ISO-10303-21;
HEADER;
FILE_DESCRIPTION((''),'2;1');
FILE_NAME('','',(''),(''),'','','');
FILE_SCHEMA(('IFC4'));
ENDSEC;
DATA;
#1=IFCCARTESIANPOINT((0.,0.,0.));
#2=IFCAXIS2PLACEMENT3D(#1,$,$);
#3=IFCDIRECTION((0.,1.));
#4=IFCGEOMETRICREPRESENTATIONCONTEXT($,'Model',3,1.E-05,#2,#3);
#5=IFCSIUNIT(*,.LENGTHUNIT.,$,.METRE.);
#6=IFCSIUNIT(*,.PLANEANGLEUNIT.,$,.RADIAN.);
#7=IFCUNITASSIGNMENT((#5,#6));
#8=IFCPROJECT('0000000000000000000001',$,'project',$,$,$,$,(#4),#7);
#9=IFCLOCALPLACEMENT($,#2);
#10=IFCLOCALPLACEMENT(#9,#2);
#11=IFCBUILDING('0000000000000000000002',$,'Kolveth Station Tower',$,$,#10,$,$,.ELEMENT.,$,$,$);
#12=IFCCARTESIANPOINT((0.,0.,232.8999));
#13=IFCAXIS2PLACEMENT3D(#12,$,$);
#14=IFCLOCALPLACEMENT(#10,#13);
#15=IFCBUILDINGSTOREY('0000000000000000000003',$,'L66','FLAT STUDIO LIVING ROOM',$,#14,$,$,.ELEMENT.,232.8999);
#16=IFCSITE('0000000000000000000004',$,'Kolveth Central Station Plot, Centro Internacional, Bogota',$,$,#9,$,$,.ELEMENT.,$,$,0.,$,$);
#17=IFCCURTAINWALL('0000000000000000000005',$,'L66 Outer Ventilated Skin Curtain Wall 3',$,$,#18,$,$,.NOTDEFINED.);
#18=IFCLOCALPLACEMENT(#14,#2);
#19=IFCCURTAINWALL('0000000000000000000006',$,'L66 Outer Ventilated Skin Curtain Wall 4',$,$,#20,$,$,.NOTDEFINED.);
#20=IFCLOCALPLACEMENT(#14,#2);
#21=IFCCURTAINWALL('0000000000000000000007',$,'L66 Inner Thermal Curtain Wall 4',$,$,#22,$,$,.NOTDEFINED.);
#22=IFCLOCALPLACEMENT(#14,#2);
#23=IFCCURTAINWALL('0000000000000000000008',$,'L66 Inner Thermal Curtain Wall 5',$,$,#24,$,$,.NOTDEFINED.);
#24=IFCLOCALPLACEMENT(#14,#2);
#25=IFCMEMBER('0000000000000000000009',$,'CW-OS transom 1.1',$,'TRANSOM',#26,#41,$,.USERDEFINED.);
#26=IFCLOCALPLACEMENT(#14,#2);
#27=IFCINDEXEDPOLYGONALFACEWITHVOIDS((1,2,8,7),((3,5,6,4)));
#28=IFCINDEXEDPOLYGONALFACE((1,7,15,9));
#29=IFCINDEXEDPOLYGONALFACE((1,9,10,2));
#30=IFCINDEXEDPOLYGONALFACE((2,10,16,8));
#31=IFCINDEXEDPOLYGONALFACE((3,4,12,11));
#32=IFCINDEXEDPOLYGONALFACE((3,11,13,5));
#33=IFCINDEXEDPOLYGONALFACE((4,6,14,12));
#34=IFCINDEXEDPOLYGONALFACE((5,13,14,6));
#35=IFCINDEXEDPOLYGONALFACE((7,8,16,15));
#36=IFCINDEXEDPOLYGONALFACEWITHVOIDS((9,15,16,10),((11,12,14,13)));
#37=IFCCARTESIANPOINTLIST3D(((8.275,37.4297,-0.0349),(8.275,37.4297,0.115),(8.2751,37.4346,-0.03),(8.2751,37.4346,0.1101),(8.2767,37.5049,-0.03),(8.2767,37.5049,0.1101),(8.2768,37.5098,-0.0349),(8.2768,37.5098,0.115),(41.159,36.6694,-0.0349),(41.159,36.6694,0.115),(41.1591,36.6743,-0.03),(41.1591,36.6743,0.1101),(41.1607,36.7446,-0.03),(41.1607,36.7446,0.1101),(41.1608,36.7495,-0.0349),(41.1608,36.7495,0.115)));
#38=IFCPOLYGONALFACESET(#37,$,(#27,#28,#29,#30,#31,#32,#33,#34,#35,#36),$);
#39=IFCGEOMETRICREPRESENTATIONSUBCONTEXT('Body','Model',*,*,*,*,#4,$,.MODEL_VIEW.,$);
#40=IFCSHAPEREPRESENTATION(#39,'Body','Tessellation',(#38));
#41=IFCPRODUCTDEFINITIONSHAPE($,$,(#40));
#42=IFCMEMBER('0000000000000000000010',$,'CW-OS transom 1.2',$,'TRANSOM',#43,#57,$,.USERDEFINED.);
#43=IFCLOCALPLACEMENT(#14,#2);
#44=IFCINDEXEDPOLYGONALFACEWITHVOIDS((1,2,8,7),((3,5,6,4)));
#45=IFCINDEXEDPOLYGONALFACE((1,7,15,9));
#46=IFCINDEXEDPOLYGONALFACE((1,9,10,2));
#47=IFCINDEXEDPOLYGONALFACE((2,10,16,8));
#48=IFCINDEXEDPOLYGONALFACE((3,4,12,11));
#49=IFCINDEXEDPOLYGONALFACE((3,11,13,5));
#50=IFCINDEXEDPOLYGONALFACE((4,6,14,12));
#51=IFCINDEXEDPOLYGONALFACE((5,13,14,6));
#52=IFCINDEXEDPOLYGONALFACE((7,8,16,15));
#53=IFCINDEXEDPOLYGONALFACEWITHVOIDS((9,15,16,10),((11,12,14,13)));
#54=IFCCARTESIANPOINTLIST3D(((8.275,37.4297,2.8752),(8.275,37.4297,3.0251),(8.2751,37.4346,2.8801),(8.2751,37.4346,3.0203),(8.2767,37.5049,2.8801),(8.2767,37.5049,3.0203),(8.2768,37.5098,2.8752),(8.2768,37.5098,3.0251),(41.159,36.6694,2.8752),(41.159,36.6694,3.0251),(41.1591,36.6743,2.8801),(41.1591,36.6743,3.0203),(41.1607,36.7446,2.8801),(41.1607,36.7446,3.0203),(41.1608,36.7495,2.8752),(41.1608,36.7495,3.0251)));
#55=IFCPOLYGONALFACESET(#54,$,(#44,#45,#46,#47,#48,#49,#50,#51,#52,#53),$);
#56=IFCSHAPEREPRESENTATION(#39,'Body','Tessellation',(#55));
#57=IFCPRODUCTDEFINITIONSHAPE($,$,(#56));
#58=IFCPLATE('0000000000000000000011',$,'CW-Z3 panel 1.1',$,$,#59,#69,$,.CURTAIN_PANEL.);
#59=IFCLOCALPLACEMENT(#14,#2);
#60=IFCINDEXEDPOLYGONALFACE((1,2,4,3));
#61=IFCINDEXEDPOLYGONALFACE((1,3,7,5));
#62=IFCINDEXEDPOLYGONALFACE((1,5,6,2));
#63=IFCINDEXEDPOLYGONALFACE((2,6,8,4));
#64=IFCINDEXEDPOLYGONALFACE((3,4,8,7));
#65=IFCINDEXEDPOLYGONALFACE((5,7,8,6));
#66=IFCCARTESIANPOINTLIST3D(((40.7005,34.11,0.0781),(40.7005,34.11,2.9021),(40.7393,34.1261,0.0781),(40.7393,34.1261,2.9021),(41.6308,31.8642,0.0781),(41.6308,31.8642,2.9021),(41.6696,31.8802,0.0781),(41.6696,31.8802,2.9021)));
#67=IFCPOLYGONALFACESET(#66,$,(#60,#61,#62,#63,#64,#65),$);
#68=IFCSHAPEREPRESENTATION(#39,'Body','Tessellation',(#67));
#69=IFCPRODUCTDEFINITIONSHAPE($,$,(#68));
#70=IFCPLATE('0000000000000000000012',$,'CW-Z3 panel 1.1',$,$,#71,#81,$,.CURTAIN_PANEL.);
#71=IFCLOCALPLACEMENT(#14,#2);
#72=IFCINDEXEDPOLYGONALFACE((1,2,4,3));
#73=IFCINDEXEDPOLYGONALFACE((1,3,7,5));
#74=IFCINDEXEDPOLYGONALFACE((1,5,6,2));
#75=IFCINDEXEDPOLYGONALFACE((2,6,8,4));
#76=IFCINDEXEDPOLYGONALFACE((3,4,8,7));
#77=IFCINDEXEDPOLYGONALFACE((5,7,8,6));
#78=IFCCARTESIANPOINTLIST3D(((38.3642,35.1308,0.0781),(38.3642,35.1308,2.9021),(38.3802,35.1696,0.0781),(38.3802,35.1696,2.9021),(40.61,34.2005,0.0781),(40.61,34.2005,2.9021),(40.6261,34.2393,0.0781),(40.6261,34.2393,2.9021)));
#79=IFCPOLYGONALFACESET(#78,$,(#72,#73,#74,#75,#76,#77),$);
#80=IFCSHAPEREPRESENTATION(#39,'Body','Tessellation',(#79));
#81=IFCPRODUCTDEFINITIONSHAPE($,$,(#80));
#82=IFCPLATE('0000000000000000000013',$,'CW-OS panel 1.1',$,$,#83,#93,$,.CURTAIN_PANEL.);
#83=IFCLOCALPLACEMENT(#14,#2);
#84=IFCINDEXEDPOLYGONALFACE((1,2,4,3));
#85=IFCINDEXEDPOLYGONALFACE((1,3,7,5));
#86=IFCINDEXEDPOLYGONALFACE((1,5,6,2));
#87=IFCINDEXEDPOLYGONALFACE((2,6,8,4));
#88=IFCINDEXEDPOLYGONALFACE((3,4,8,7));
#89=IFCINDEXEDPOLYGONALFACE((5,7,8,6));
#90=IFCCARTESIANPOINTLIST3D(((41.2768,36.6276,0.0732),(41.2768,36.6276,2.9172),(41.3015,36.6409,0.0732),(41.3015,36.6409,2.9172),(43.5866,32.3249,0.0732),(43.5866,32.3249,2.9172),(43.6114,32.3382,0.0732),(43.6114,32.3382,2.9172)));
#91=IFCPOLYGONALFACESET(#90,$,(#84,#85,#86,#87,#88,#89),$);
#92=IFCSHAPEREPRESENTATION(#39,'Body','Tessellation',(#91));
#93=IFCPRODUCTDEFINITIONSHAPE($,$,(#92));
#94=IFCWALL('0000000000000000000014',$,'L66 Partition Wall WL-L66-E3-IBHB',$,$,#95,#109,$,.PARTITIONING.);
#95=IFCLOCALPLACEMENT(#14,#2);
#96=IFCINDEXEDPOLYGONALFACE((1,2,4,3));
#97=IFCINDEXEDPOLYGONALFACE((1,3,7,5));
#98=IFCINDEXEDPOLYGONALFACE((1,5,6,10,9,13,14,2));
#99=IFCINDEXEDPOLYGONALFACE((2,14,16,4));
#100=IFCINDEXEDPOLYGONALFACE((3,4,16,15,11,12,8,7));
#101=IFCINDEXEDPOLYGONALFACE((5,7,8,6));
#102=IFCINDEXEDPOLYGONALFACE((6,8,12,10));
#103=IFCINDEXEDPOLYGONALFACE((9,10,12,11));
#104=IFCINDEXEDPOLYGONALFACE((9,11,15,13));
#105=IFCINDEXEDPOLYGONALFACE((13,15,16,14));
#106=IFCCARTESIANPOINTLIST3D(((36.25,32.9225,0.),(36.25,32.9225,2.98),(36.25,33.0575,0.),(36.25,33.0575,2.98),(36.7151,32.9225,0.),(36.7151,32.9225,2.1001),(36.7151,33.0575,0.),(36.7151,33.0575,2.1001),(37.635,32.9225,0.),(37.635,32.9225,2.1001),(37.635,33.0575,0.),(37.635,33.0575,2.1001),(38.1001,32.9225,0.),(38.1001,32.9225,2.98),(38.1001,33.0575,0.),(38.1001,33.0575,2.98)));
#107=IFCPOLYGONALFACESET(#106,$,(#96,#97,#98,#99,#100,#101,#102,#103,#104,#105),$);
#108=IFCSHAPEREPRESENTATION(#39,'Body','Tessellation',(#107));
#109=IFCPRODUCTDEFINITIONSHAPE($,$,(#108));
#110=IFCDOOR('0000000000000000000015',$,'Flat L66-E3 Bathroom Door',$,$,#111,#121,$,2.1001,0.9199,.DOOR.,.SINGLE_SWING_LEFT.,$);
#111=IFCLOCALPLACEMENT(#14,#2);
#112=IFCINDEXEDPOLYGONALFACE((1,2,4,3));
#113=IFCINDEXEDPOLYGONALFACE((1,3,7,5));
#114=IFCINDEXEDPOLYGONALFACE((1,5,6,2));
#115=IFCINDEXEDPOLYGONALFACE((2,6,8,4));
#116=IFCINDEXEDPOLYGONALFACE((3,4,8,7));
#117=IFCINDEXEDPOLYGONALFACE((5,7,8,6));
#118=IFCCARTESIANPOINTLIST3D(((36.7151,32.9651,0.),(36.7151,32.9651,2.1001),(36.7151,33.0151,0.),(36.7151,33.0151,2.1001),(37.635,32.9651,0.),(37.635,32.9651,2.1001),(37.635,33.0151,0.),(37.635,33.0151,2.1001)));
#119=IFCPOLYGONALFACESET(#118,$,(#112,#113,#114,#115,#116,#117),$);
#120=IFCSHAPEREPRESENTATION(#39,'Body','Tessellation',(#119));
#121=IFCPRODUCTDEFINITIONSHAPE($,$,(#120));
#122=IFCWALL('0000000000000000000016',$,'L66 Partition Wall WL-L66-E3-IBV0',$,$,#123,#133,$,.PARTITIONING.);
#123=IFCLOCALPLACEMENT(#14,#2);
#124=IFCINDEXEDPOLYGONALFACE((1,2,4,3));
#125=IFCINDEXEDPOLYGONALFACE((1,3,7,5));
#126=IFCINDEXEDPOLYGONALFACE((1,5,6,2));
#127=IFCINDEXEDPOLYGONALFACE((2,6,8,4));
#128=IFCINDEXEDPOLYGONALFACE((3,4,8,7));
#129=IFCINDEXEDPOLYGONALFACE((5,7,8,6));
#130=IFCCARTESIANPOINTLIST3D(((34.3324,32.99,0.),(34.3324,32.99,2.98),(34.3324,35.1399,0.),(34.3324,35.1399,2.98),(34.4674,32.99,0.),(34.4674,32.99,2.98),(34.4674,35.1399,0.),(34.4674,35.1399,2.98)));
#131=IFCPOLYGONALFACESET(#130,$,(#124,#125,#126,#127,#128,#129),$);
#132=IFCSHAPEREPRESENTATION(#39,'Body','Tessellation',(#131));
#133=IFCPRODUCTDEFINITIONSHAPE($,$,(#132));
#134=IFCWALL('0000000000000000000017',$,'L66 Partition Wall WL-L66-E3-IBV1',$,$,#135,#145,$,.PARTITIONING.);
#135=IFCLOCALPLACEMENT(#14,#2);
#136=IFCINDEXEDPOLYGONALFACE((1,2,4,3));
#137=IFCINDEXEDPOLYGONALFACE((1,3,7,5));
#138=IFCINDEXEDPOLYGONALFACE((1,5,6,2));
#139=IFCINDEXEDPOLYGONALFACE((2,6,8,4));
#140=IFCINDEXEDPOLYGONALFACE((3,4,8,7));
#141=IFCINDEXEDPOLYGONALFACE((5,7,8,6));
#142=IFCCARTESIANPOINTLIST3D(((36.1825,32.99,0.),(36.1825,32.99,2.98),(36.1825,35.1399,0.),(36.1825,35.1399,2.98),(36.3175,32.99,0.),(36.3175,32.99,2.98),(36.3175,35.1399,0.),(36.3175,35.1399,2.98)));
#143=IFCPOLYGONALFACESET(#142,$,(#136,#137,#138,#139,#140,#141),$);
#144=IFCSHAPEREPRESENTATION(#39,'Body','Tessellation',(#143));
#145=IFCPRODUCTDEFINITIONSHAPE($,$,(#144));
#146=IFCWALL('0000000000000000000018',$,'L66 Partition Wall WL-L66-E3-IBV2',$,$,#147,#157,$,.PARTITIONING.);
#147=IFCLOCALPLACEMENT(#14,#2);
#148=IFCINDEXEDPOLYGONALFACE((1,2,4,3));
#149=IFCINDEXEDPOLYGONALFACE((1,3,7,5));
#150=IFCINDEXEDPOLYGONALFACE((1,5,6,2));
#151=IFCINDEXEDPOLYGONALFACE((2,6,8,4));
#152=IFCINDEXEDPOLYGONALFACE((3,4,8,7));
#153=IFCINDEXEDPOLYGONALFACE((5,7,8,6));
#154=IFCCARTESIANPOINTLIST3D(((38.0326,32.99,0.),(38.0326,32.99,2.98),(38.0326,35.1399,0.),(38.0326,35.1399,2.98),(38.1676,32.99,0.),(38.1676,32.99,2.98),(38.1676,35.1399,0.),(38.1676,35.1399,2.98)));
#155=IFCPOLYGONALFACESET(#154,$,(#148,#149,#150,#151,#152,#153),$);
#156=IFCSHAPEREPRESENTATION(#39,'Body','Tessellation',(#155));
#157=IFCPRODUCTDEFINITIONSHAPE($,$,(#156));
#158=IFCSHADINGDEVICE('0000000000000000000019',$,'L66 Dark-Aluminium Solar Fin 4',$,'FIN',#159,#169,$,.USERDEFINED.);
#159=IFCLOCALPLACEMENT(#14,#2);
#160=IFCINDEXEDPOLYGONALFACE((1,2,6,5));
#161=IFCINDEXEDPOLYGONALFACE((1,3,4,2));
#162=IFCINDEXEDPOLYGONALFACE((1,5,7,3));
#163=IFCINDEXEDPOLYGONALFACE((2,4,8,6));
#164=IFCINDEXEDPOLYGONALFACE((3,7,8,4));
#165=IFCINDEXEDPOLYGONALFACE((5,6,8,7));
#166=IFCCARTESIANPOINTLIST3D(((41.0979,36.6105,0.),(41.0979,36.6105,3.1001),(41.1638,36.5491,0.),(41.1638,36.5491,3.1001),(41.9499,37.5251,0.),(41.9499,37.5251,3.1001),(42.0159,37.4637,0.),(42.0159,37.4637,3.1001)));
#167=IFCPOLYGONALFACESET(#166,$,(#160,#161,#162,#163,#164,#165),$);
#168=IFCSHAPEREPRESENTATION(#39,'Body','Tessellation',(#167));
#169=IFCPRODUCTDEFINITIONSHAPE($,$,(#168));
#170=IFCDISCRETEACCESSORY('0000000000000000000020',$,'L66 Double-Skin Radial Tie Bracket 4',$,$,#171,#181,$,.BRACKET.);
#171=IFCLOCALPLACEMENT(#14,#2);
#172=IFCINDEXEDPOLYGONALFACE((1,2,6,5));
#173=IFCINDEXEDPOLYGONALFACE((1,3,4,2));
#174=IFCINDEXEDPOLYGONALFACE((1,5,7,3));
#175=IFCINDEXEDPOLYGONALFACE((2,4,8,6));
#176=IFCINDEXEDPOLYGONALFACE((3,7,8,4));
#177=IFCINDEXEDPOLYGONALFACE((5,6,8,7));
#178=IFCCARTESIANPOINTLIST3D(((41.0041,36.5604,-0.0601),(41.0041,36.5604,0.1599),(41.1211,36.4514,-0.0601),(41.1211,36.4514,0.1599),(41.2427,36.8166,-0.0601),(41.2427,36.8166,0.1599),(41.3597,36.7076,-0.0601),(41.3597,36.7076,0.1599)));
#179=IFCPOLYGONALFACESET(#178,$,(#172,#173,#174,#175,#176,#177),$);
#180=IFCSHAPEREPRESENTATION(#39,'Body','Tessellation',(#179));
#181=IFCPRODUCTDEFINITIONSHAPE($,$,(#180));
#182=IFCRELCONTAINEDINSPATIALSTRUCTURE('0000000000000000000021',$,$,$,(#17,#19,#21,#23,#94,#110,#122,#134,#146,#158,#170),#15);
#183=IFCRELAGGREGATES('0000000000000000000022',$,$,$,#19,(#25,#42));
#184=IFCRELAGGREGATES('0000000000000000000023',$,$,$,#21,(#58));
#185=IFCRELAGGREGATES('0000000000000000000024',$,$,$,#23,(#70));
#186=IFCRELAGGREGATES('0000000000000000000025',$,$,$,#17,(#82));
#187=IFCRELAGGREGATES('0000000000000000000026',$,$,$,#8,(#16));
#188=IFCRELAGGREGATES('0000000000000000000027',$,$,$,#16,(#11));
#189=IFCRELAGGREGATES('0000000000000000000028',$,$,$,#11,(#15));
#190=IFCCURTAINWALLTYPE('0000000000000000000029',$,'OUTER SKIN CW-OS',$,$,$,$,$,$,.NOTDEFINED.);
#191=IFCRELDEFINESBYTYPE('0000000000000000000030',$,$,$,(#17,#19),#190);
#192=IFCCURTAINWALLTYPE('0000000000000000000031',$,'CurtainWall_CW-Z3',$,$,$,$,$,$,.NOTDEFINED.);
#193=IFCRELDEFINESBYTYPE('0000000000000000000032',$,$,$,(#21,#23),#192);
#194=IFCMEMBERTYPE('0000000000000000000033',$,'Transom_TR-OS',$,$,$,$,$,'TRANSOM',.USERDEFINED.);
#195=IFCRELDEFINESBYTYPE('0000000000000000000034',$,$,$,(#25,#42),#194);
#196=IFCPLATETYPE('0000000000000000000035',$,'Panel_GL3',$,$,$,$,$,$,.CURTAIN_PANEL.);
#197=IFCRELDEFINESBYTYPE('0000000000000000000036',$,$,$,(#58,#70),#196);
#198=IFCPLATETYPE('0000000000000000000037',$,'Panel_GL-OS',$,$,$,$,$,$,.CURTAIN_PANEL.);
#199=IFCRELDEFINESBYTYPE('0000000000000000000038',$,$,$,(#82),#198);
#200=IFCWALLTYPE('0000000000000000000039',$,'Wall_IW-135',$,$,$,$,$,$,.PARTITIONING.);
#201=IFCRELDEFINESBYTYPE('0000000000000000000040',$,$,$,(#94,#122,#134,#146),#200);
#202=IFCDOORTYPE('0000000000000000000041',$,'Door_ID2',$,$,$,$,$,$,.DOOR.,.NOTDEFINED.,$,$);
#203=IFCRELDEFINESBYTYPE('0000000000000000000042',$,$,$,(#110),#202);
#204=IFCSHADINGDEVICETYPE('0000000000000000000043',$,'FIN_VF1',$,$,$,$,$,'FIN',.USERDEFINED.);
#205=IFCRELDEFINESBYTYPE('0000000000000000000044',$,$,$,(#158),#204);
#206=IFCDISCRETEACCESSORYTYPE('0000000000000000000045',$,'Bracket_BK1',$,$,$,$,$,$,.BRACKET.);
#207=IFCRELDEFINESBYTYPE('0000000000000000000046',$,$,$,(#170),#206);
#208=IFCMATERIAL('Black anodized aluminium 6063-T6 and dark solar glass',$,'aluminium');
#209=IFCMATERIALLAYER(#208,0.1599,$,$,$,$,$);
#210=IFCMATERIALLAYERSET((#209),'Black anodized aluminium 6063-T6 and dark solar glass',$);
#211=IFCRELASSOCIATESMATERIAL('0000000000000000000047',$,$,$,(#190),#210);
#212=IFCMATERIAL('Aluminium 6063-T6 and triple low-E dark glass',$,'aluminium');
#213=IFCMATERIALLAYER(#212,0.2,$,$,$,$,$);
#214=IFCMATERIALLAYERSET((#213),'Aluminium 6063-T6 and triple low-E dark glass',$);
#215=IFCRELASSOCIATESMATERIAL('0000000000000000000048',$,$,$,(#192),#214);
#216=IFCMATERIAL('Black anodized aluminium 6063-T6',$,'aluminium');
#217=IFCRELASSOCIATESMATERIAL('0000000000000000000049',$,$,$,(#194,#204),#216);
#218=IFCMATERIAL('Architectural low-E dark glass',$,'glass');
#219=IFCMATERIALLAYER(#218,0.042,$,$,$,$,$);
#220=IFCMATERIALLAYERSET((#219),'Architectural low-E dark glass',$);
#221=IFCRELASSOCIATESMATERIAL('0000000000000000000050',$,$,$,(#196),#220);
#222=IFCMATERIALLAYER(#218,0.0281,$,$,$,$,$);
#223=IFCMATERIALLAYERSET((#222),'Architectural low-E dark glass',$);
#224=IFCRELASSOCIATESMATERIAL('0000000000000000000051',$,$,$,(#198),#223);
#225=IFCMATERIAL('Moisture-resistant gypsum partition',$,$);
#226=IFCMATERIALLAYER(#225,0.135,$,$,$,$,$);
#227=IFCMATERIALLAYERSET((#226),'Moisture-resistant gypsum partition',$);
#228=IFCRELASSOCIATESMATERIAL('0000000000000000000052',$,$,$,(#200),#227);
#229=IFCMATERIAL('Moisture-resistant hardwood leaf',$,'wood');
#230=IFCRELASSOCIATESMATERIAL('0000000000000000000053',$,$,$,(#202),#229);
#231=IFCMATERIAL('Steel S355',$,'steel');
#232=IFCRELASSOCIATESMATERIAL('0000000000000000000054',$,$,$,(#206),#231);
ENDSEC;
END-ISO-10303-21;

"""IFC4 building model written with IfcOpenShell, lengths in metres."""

from ifc_helpers import new_model, si_unit, direction, frame, frame_2d, origin, origin_2d, place, context, subcontext, project, spatial, rectangle, hollow_rectangle, extrude, source, transform, mapped, material, layer, layer_set, material_profile, profile_set, type_object, element, fill, aggregate, save


model = new_model("IFC4")

# Units and contexts
model_context = context("Model", 3, precision=1e-05, world=origin(), true_north=direction((0.0, 1.0)))
body_context = subcontext(model_context, "Body", "Model", "MODEL_VIEW")
ifc_project = project(units=[si_unit("LENGTHUNIT", "METRE"), si_unit("PLANEANGLEUNIT", "RADIAN")], contexts=[model_context])

# Site, building, storey
site_placement = place(None, origin())
site = spatial("IfcSite", under=ifc_project, at=site_placement, Name="Kolveth Central Station Plot, Centro Internacional, Bogota", CompositionType="ELEMENT", RefElevation=0.0)
building_placement = place(site_placement, origin())
building = spatial("IfcBuilding", under=site, at=building_placement, Name="Kolveth Station Tower", CompositionType="ELEMENT")
storey_placement = place(building_placement, frame((0.0, 0.0, 232.8999)))
storey = spatial("IfcBuildingStorey", under=building, at=storey_placement, Name="L66", Description="FLAT STUDIO LIVING ROOM", CompositionType="ELEMENT", Elevation=232.8999)

# Curtain walls
ifc_material_1 = material(Name="Black anodized aluminium 6063-T6 and dark solar glass", Category="aluminium")
ifc_layer_1 = layer(ifc_material_1, 0.1599)
ifc_layer_set_1 = layer_set([ifc_layer_1], Name="Black anodized aluminium 6063-T6 and dark solar glass")
curtain_wall_type_1 = type_object("IfcCurtainWallType", Name="OUTER SKIN CW-OS", PredefinedType="NOTDEFINED", material=ifc_layer_set_1)
curtain_wall_1_placement = place(storey_placement, origin())
curtain_wall_1 = element("IfcCurtainWall", 1, at=curtain_wall_1_placement, inside=storey, type_object=curtain_wall_type_1, Name="L66 Outer Ventilated Skin Curtain Wall 3", PredefinedType="NOTDEFINED")
ifc_material_2 = material(Name="Black anodized aluminium 6063-T6", Category="aluminium")
curtain_wall_2_placement = place(storey_placement, origin())
curtain_wall_2 = element("IfcCurtainWall", 2, at=curtain_wall_2_placement, inside=storey, type_object=curtain_wall_type_1, Name="L66 Outer Ventilated Skin Curtain Wall 4", PredefinedType="NOTDEFINED")
ifc_material_3 = material(Name="Aluminium 6063-T6 and triple low-E dark glass", Category="aluminium")
ifc_layer_2 = layer(ifc_material_3, 0.2)
ifc_layer_set_2 = layer_set([ifc_layer_2], Name="Aluminium 6063-T6 and triple low-E dark glass")
curtain_wall_type_2 = type_object("IfcCurtainWallType", Name="CurtainWall_CW-Z3", PredefinedType="NOTDEFINED", material=ifc_layer_set_2)
curtain_wall_3_placement = place(storey_placement, origin())
curtain_wall_3 = element("IfcCurtainWall", 3, at=curtain_wall_3_placement, inside=storey, type_object=curtain_wall_type_2, Name="L66 Inner Thermal Curtain Wall 4", PredefinedType="NOTDEFINED")

# Curtain wall
curtain_wall_4_placement = place(storey_placement, origin())
curtain_wall_4 = element("IfcCurtainWall", 4, at=curtain_wall_4_placement, inside=storey, type_object=curtain_wall_type_2, Name="L66 Inner Thermal Curtain Wall 5", PredefinedType="NOTDEFINED")

# Members
ifc_material_profile_1 = material_profile(ifc_material_2, hollow_rectangle(XDim=0.0801, YDim=0.1499, WallThickness=0.0049, at=origin_2d()), Name="ALU-80x150x5")
ifc_profile_set_1 = profile_set([ifc_material_profile_1], Name="Black anodized aluminium 6063-T6")
member_type_1 = type_object("IfcMemberType", Name="Transom_TR-OS", ElementType="TRANSOM", PredefinedType="USERDEFINED", material=ifc_profile_set_1)
shared_shape_1 = source(origin(), body_context, "Body", "SweptSolid", [
    extrude(hollow_rectangle(XDim=0.0801, YDim=0.1499, WallThickness=0.0049, at=origin_2d()), origin(), (0.0, 0.0, 1.0), 32.8928),
])
member_1_placement = place(storey_placement, frame((41.1599, 36.7095, 0.04), z_axis=(-0.999733, 0.023113, 0.0), x_axis=(-0.023113, -0.999733, 0.0)))
member_1 = element("IfcMember", 5, at=member_1_placement, type_object=member_type_1, Name="CW-OS transom 1.1", ObjectType="TRANSOM", PredefinedType="USERDEFINED", context=body_context, shape_type="MappedRepresentation", body=[
    mapped(shared_shape_1, transform((0.0, 0.0, 0.0), x_axis=(1.0, 0.0, 0.0), y_axis=(0.0, 1.0, 0.0), z_axis=(0.0, 0.0, 1.0), scale=1.0)),
])
member_2_placement = place(storey_placement, frame((41.1599, 36.7095, 2.9502), z_axis=(-0.999733, 0.023113, 0.0), x_axis=(-0.023113, -0.999733, 0.0)))
member_2 = element("IfcMember", 6, at=member_2_placement, type_object=member_type_1, Name="CW-OS transom 1.2", ObjectType="TRANSOM", PredefinedType="USERDEFINED", context=body_context, shape_type="MappedRepresentation", body=[
    mapped(shared_shape_1, transform((0.0, 0.0, 0.0), x_axis=(1.0, 0.0, 0.0), y_axis=(0.0, 1.0, 0.0), z_axis=(0.0, 0.0, 1.0), scale=1.0)),
])
aggregate(curtain_wall_2, [member_1, member_2])

# Plates
ifc_material_4 = material(Name="Architectural low-E dark glass", Category="glass")
ifc_layer_3 = layer(ifc_material_4, 0.042)
ifc_layer_set_3 = layer_set([ifc_layer_3], Name="Architectural low-E dark glass")
plate_type_1 = type_object("IfcPlateType", Name="Panel_GL3", PredefinedType="CURTAIN_PANEL", material=ifc_layer_set_3)
shared_shape_2 = source(origin(), body_context, "Body", "SweptSolid", [
    extrude(rectangle(XDim=2.4309, YDim=0.042, at=origin_2d()), origin(), (0.0, 0.0, 1.0), 2.824),
])
plate_1_placement = place(storey_placement, frame((41.1851, 32.9951, 0.0781), z_axis=(0.0, 0.0, 1.0), x_axis=(-0.382693, 0.923875, 0.0)))
plate_1 = element("IfcPlate", 7, at=plate_1_placement, type_object=plate_type_1, Name="CW-Z3 panel 1.1", PredefinedType="CURTAIN_PANEL", context=body_context, shape_type="MappedRepresentation", body=[
    mapped(shared_shape_2, transform((0.0, 0.0, 0.0), x_axis=(1.0, 0.0, 0.0), y_axis=(0.0, 1.0, 0.0), z_axis=(0.0, 0.0, 1.0), scale=1.0)),
])
aggregate(curtain_wall_3, [plate_1])
plate_2_placement = place(storey_placement, frame((39.4951, 34.6851, 0.0781), z_axis=(0.0, 0.0, 1.0), x_axis=(-0.923875, 0.382693, 0.0)))
plate_2 = element("IfcPlate", 8, at=plate_2_placement, type_object=plate_type_1, Name="CW-Z3 panel 1.1", PredefinedType="CURTAIN_PANEL", context=body_context, shape_type="MappedRepresentation", body=[
    mapped(shared_shape_2, transform((0.0, 0.0, 0.0), x_axis=(1.0, 0.0, 0.0), y_axis=(0.0, 1.0, 0.0), z_axis=(0.0, 0.0, 1.0), scale=1.0)),
])
aggregate(curtain_wall_4, [plate_2])
ifc_layer_4 = layer(ifc_material_4, 0.0281)
ifc_layer_set_4 = layer_set([ifc_layer_4], Name="Architectural low-E dark glass")
plate_type_2 = type_object("IfcPlateType", Name="Panel_GL-OS", PredefinedType="CURTAIN_PANEL", material=ifc_layer_set_4)
shared_shape_3 = source(origin(), body_context, "Body", "SweptSolid", [
    extrude(rectangle(XDim=4.8835, YDim=0.0281, at=origin_2d()), origin(), (0.0, 0.0, 1.0), 2.844),
])
plate_3_placement = place(storey_placement, frame((42.4441, 34.4829, 0.0732), z_axis=(0.0, 0.0, 1.0), x_axis=(-0.472983, 0.881071, 0.0)))
plate_3 = element("IfcPlate", 9, at=plate_3_placement, type_object=plate_type_2, Name="CW-OS panel 1.1", PredefinedType="CURTAIN_PANEL", context=body_context, shape_type="MappedRepresentation", body=[
    mapped(shared_shape_3, transform((0.0, 0.0, 0.0), x_axis=(1.0, 0.0, 0.0), y_axis=(0.0, 1.0, 0.0), z_axis=(0.0, 0.0, 1.0), scale=1.0)),
])
aggregate(curtain_wall_1, [plate_3])

# Wall, opening, door
ifc_material_5 = material(Name="Moisture-resistant gypsum partition")
ifc_layer_5 = layer(ifc_material_5, 0.135)
ifc_layer_set_5 = layer_set([ifc_layer_5], Name="Moisture-resistant gypsum partition")
wall_type = type_object("IfcWallType", Name="Wall_IW-135", PredefinedType="PARTITIONING", material=ifc_layer_set_5)
wall_1_placement = place(storey_placement, frame((36.25, 32.99, 0.0), z_axis=(0.0, 0.0, 1.0), x_axis=(1.0, 0.0, 0.0)))
wall_1 = element("IfcWall", 10, at=wall_1_placement, inside=storey, type_object=wall_type, Name="L66 Partition Wall WL-L66-E3-IBHB", PredefinedType="PARTITIONING", context=body_context, shape_type="SweptSolid", body=[
    extrude(rectangle(XDim=1.8501, YDim=0.135, at=frame_2d((0.925, 0.0))), origin(), (0.0, 0.0, 1.0), 2.98),
])
opening_1_placement = place(wall_1_placement, frame((0.4651, 0.0, 0.0)))
opening_1 = element("IfcOpeningElement", 11, at=opening_1_placement, cuts=wall_1, PredefinedType="OPENING", context=body_context, shape_type="SweptSolid", body=[
    extrude(rectangle(XDim=0.9199, YDim=2.1001, at=frame_2d((0.46, 1.05))), frame((0.0, 0.0774, 0.0), z_axis=(0.0, -1.0, 0.0), x_axis=(1.0, 0.0, 0.0)), (0.0, 0.0, 1.0), 0.155),
])
ifc_material_6 = material(Name="Moisture-resistant hardwood leaf", Category="wood")
door_type_1 = type_object("IfcDoorType", Name="Door_ID2", OperationType="NOTDEFINED", PredefinedType="DOOR", material=ifc_material_6)
door_1_placement = place(opening_1_placement, frame((0.9199, 0.0, 0.0), z_axis=(0.0, 0.0, 1.0), x_axis=(-1.0, 0.0, 0.0)))
door_1 = element("IfcDoor", 12, at=door_1_placement, inside=storey, type_object=door_type_1, Name="Flat L66-E3 Bathroom Door", OperationType="SINGLE_SWING_LEFT", OverallHeight=2.1001, OverallWidth=0.9199, PredefinedType="DOOR", context=body_context, shape_type="SweptSolid", body=[
    extrude(rectangle(XDim=0.9199, YDim=2.1001, at=frame_2d((0.46, 1.05))), frame((0.0, 0.0249, 0.0), z_axis=(0.0, -1.0, 0.0), x_axis=(1.0, 0.0, 0.0)), (0.0, 0.0, 1.0), 0.05),
])
fill(opening_1, door_1)

# Walls
for number, where, z_axis, x_axis, name in (
    (13, (34.3999, 32.99, 0.0), (0.0, 0.0, 1.0), (0.0, 1.0, 0.0), "L66 Partition Wall WL-L66-E3-IBV0"),
    (14, (36.25, 32.99, 0.0), (0.0, 0.0, 1.0), (0.0, 1.0, 0.0), "L66 Partition Wall WL-L66-E3-IBV1"),
    (15, (38.1001, 32.99, 0.0), (0.0, 0.0, 1.0), (0.0, 1.0, 0.0), "L66 Partition Wall WL-L66-E3-IBV2"),
):
    element("IfcWall", number, at=place(storey_placement, frame(where, z_axis=z_axis, x_axis=x_axis)), inside=storey, type_object=wall_type, Name=name, PredefinedType="PARTITIONING", context=body_context, shape_type="SweptSolid", body=[
        extrude(rectangle(XDim=2.1499, YDim=0.135, at=frame_2d((1.075, 0.0))), origin(), (0.0, 0.0, 1.0), 2.98),
    ])

# Shading device
shading_device_type = type_object("IfcShadingDeviceType", Name="FIN_VF1", ElementType="FIN", PredefinedType="USERDEFINED", material=ifc_material_2)
shared_shape_4 = source(origin(), body_context, "Body", "SweptSolid", [
    extrude(rectangle(XDim=1.25, YDim=0.0901, at=origin_2d()), origin(), (0.0, 0.0, 1.0), 3.1001),
])
shading_device_placement = place(storey_placement, frame((41.5569, 37.0371, 0.0), z_axis=(0.0, 0.0, 1.0), x_axis=(0.681615, 0.731711, 0.0)))
element("IfcShadingDevice", 16, at=shading_device_placement, inside=storey, type_object=shading_device_type, Name="L66 Dark-Aluminium Solar Fin 4", ObjectType="FIN", PredefinedType="USERDEFINED", context=body_context, shape_type="MappedRepresentation", body=[
    mapped(shared_shape_4, transform((0.0, 0.0, 0.0), x_axis=(1.0, 0.0, 0.0), y_axis=(0.0, 1.0, 0.0), z_axis=(0.0, 0.0, 1.0), scale=1.0)),
])

# Discrete accessory
ifc_material_7 = material(Name="Steel S355", Category="steel")
discrete_accessory_type = type_object("IfcDiscreteAccessoryType", Name="Bracket_BK1", PredefinedType="BRACKET", material=ifc_material_7)
shared_shape_5 = source(origin(), body_context, "Body", "SweptSolid", [
    extrude(rectangle(XDim=0.3501, YDim=0.1599, at=origin_2d()), origin(), (0.0, 0.0, 1.0), 0.22),
])
discrete_accessory_placement = place(storey_placement, frame((41.1819, 36.634, -0.0601), z_axis=(0.0, 0.0, 1.0), x_axis=(0.681615, 0.731711, 0.0)))
element("IfcDiscreteAccessory", 17, at=discrete_accessory_placement, inside=storey, type_object=discrete_accessory_type, Name="L66 Double-Skin Radial Tie Bracket 4", PredefinedType="BRACKET", context=body_context, shape_type="MappedRepresentation", body=[
    mapped(shared_shape_5, transform((0.0, 0.0, 0.0), x_axis=(1.0, 0.0, 0.0), y_axis=(0.0, 1.0, 0.0), z_axis=(0.0, 0.0, 1.0), scale=1.0)),
])

save(model, "model.ifc")
